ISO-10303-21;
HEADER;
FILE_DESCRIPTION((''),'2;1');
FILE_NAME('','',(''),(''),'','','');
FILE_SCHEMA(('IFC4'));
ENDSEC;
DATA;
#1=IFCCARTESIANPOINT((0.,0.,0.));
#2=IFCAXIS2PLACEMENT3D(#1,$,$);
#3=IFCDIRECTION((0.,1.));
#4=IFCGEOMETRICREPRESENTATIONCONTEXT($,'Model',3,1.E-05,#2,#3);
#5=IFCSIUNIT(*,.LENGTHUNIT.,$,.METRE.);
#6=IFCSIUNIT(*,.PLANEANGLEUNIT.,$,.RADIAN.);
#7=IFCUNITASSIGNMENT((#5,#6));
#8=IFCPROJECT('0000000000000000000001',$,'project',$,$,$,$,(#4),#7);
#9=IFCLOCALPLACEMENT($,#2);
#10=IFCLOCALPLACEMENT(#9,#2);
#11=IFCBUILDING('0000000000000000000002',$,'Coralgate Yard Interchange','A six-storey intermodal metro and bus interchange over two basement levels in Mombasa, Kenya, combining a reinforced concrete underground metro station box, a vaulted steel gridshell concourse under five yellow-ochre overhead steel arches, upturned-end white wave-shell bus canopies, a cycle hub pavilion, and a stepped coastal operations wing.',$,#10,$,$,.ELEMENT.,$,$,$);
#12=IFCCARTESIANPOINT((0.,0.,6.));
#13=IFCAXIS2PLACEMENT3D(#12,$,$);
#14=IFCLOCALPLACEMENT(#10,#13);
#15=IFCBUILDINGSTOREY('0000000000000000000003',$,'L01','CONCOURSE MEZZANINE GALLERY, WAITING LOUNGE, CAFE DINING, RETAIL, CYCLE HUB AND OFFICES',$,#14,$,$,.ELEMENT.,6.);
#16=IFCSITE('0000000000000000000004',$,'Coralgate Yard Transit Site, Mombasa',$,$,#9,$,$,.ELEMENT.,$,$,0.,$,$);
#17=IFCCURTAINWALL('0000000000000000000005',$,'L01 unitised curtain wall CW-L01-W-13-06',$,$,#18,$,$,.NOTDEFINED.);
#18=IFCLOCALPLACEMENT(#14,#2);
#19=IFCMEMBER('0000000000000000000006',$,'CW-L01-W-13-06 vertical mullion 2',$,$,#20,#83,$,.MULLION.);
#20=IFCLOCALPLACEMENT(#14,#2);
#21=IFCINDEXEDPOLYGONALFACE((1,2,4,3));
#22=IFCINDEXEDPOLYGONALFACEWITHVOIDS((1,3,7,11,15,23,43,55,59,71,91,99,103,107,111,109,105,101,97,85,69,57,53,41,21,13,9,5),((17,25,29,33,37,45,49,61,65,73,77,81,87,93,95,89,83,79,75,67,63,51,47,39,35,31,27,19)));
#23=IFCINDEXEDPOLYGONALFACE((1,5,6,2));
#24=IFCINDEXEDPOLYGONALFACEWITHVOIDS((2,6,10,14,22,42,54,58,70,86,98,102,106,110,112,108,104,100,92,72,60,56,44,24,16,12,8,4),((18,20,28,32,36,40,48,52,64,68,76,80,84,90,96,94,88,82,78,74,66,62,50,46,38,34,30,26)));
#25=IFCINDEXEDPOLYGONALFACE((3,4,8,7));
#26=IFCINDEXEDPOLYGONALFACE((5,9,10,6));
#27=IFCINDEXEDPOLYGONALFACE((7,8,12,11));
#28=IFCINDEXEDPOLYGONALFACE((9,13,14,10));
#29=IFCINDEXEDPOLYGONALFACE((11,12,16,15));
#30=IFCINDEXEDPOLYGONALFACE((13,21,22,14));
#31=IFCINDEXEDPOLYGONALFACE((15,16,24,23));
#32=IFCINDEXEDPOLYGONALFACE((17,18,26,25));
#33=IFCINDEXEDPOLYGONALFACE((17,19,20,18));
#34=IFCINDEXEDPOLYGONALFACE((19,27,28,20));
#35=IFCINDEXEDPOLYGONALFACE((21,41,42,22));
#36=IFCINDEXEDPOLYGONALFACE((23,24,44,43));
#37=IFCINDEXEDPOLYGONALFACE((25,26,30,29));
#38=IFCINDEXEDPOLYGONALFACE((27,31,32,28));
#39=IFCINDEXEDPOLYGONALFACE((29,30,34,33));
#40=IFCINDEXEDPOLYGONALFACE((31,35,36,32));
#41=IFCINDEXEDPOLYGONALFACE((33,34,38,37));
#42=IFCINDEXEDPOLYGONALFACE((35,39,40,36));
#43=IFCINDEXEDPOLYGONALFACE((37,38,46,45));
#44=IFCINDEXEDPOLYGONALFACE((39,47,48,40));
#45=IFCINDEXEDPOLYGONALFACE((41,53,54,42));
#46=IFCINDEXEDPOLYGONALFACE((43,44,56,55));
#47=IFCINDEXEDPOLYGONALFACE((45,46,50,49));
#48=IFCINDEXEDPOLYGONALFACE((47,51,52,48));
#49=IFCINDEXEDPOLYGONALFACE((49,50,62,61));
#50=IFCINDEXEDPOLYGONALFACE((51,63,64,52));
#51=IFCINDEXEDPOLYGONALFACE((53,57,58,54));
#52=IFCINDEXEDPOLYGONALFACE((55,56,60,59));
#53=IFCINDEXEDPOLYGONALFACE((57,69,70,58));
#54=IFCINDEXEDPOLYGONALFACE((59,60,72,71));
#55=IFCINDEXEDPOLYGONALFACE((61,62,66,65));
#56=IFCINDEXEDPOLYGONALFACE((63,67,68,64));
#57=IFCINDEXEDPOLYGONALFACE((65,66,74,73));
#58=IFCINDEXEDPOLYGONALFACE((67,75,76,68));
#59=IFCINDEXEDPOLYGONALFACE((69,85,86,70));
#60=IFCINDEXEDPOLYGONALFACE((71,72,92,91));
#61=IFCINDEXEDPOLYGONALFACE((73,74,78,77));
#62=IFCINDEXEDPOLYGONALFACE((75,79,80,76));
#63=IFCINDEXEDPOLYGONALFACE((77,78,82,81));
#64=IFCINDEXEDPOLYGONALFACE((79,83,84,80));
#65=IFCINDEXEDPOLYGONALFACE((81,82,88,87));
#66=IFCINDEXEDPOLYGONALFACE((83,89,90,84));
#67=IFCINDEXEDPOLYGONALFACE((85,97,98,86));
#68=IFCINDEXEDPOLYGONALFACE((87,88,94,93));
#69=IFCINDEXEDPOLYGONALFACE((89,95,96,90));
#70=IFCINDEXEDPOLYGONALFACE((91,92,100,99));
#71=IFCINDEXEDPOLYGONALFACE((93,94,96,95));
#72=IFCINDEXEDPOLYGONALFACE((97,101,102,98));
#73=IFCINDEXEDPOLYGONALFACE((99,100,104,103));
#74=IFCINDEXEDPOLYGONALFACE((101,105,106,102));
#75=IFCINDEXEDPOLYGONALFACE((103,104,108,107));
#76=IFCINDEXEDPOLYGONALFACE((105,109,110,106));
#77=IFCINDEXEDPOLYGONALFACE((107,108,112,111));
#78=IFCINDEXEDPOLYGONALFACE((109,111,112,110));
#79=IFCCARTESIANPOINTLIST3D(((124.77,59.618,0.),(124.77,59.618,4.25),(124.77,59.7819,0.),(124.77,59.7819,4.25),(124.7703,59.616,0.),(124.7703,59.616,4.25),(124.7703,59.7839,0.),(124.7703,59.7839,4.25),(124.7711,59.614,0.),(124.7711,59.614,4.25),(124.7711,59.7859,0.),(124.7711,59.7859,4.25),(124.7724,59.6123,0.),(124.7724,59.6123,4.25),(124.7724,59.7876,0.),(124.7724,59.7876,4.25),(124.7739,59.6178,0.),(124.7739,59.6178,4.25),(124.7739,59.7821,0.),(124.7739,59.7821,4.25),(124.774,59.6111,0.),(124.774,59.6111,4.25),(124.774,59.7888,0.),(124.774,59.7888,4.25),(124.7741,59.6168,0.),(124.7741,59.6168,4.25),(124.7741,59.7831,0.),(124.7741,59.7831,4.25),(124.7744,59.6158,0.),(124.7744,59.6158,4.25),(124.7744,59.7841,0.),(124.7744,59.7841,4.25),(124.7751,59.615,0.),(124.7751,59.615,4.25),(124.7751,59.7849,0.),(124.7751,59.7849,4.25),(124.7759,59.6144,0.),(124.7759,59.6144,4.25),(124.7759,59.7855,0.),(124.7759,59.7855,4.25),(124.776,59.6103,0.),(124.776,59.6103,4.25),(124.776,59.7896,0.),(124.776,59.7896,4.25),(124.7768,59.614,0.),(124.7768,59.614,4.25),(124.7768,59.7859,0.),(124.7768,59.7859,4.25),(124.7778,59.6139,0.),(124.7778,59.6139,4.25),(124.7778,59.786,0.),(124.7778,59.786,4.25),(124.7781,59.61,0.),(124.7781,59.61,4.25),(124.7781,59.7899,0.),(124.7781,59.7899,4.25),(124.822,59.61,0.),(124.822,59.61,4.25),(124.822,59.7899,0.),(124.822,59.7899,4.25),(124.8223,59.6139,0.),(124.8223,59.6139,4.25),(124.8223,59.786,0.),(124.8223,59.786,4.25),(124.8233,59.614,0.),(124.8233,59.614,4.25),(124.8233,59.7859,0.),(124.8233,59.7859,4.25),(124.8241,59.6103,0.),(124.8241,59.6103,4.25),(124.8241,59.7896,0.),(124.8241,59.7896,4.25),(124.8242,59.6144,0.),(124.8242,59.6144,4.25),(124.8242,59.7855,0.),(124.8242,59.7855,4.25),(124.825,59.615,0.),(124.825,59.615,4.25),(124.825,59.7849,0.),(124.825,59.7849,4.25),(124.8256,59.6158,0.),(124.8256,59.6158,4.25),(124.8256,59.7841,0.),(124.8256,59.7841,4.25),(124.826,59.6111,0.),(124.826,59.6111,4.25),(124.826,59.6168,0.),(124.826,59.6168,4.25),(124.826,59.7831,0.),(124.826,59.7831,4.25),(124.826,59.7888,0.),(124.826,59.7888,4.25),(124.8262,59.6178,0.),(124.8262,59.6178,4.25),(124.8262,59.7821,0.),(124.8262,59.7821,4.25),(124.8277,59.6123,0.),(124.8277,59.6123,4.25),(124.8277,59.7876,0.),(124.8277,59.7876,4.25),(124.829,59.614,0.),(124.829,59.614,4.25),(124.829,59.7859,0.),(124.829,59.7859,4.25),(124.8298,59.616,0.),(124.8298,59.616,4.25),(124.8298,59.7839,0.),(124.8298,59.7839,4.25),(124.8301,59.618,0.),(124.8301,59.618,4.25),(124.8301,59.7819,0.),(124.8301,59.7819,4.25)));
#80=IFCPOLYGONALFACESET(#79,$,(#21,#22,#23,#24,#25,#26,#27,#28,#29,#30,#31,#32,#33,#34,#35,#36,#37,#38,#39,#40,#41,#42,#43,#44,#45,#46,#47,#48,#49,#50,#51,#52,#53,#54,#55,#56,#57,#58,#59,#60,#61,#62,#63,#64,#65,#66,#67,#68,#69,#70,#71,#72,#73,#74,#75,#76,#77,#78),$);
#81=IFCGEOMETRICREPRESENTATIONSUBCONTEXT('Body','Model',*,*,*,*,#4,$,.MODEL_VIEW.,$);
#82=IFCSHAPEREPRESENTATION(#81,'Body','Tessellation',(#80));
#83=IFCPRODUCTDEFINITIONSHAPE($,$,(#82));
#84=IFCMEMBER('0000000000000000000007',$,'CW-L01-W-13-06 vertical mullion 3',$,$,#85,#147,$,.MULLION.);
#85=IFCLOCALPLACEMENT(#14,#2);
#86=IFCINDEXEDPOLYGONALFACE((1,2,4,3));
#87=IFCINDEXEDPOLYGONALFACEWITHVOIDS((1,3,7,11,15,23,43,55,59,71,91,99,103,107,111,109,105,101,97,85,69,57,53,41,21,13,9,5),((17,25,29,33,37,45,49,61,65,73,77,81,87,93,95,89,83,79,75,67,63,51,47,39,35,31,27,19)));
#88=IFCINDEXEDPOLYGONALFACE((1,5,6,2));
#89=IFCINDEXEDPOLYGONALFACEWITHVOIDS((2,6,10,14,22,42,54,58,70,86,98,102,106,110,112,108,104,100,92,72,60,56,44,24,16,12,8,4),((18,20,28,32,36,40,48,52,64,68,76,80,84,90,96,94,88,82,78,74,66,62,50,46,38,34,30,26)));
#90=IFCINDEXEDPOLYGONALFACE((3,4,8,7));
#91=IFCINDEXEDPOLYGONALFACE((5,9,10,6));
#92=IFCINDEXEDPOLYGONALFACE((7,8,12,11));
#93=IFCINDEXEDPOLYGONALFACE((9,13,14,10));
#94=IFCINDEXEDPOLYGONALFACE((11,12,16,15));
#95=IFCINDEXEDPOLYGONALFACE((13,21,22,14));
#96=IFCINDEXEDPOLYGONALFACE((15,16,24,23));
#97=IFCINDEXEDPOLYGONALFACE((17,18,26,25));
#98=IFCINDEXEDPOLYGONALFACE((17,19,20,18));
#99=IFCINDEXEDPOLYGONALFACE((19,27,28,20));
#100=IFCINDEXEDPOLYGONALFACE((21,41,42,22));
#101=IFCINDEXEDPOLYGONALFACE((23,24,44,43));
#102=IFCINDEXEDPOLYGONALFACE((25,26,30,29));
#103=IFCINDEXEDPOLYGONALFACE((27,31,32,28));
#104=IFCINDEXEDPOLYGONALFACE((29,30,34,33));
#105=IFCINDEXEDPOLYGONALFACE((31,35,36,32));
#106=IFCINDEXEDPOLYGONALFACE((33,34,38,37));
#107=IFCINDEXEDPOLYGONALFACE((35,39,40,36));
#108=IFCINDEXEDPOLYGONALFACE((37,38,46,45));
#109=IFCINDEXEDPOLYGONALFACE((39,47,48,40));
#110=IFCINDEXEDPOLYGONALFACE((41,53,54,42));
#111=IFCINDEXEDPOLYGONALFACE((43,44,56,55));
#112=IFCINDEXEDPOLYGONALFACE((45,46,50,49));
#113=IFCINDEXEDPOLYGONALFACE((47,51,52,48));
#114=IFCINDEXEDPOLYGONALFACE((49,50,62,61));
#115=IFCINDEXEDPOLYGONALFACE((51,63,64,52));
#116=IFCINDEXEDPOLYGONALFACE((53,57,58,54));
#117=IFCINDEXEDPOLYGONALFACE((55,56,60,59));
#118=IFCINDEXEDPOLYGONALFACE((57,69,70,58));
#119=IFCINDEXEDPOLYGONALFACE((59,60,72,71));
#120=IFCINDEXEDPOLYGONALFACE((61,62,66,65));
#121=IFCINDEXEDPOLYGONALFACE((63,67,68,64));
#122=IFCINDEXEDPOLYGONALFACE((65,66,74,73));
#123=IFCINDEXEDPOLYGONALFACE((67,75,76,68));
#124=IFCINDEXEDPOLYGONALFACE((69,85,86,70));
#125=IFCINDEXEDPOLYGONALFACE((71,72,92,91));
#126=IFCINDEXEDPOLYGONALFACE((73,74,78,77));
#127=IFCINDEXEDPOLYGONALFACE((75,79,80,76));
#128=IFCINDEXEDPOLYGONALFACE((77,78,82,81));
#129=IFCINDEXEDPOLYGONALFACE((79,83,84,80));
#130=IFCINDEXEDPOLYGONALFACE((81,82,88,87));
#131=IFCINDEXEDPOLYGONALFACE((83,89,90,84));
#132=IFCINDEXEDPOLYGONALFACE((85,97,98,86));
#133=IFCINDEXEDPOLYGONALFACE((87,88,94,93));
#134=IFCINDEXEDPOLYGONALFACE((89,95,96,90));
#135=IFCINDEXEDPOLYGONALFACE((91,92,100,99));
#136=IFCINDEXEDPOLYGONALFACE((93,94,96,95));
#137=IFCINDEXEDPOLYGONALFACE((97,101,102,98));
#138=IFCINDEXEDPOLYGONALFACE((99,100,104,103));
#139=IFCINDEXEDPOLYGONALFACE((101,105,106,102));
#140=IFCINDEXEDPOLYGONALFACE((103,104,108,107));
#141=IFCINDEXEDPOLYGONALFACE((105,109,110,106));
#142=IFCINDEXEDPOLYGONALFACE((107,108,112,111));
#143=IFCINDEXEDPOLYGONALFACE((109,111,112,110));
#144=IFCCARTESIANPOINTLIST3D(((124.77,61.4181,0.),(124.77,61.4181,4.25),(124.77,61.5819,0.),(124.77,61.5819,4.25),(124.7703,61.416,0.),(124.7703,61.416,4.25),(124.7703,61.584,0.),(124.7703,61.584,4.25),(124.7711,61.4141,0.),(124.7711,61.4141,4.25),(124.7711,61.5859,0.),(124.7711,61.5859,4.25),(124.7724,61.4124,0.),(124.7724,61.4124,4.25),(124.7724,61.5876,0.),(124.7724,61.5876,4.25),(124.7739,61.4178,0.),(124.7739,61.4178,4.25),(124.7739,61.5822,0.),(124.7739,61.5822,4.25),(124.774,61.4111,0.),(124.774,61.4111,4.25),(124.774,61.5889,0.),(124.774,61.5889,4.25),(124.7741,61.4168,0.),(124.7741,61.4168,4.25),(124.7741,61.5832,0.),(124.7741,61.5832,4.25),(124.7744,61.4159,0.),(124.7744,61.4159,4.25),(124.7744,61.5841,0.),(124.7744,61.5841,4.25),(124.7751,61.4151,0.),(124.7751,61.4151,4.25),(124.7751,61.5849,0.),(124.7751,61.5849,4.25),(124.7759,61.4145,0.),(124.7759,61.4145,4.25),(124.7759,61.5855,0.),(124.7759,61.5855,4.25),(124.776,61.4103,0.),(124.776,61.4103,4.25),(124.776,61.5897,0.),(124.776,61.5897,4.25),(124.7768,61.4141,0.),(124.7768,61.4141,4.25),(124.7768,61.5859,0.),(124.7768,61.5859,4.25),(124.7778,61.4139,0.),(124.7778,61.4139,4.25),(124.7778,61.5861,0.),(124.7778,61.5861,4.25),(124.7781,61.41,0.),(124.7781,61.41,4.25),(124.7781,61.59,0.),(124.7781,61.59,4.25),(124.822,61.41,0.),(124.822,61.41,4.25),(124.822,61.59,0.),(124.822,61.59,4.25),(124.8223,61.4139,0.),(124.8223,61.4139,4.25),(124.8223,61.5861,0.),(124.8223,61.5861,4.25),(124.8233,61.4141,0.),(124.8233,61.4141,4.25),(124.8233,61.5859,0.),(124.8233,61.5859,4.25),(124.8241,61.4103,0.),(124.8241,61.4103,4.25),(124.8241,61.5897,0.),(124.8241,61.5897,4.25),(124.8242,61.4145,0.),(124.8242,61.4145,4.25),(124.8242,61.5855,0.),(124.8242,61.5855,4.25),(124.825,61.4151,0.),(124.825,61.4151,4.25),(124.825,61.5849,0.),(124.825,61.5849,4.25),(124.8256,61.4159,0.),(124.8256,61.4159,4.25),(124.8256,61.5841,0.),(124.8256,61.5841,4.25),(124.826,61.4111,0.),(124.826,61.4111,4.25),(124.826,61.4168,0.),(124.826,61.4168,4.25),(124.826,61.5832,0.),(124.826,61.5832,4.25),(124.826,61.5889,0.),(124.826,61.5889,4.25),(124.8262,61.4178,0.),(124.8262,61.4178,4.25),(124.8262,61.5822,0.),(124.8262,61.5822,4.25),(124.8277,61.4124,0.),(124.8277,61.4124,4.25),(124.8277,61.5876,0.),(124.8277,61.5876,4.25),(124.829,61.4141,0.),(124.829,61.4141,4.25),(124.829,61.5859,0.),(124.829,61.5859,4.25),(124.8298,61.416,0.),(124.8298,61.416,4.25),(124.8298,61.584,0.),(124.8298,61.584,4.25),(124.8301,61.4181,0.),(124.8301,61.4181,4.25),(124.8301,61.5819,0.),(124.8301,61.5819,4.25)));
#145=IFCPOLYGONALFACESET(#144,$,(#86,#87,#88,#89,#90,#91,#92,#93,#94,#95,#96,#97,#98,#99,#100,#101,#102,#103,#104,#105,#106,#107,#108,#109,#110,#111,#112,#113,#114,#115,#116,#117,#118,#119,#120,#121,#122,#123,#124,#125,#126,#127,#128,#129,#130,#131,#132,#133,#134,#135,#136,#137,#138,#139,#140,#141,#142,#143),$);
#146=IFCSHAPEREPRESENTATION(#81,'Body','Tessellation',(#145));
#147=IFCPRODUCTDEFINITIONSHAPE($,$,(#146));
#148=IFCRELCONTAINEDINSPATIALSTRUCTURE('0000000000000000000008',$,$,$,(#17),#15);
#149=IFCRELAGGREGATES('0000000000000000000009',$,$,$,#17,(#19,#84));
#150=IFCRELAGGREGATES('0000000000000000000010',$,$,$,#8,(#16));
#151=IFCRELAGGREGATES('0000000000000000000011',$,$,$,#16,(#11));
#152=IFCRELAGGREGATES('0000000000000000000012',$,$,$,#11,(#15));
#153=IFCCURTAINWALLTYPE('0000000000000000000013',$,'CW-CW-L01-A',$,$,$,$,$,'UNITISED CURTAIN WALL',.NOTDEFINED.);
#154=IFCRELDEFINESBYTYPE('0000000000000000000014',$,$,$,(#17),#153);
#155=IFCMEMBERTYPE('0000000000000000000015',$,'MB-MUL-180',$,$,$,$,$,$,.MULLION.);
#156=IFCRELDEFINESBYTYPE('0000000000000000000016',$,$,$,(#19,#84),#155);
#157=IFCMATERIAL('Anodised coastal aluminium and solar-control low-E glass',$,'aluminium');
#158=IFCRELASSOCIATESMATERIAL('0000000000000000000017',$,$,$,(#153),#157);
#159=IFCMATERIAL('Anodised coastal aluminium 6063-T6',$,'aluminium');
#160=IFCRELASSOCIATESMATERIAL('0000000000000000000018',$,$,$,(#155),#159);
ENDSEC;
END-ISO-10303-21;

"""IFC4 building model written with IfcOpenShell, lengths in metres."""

from ifc_helpers import new_model, si_unit, direction, frame, origin, origin_2d, place, context, subcontext, project, spatial, hollow_rectangle, extrude, material, material_profile, profile_set, type_object, element, aggregate, save


model = new_model("IFC4")

# Units and contexts
model_context = context("Model", 3, precision=1e-05, world=origin(), true_north=direction((0.0, 1.0)))
body_context = subcontext(model_context, "Body", "Model", "MODEL_VIEW")
ifc_project = project(units=[si_unit("LENGTHUNIT", "METRE"), si_unit("PLANEANGLEUNIT", "RADIAN")], contexts=[model_context])

# Site, building, storey
site_placement = place(None, origin())
site = spatial("IfcSite", under=ifc_project, at=site_placement, Name="Coralgate Yard Transit Site, Mombasa", CompositionType="ELEMENT", RefElevation=0.0)
building_placement = place(site_placement, origin())
building = spatial("IfcBuilding", under=site, at=building_placement, Name="Coralgate Yard Interchange", Description="A six-storey intermodal metro and bus interchange over two basement levels in Mombasa, Kenya, combining a reinforced concrete underground metro station box, a vaulted steel gridshell concourse under five yellow-ochre overhead steel arches, upturned-end white wave-shell bus canopies, a cycle hub pavilion, and a stepped coastal operations wing.", CompositionType="ELEMENT")
storey_placement = place(building_placement, frame((0.0, 0.0, 6.0)))
storey = spatial("IfcBuildingStorey", under=building, at=storey_placement, Name="L01", Description="CONCOURSE MEZZANINE GALLERY, WAITING LOUNGE, CAFE DINING, RETAIL, CYCLE HUB AND OFFICES", CompositionType="ELEMENT", Elevation=6.0)

# Curtain wall, members
ifc_material_1 = material(Name="Anodised coastal aluminium and solar-control low-E glass", Category="aluminium")
curtain_wall_type = type_object("IfcCurtainWallType", Name="CW-CW-L01-A", ElementType="UNITISED CURTAIN WALL", PredefinedType="NOTDEFINED", material=ifc_material_1)
ifc_material_2 = material(Name="Anodised coastal aluminium 6063-T6", Category="aluminium")
ifc_material_profile_1 = material_profile(ifc_material_2, hollow_rectangle(XDim=0.0601, YDim=0.1799, WallThickness=0.0039, InnerFilletRadius=0.0039, OuterFilletRadius=0.0081, at=origin_2d()), Name="ALU 60x180x4")
ifc_profile_set_1 = profile_set([ifc_material_profile_1], Name="Anodised coastal aluminium 6063-T6")
member_type_1 = type_object("IfcMemberType", Name="MB-MUL-180", PredefinedType="MULLION", material=ifc_profile_set_1)
curtain_wall_1_placement = place(storey_placement, origin())
curtain_wall_1 = element("IfcCurtainWall", 1, at=curtain_wall_1_placement, inside=storey, type_object=curtain_wall_type, Name="L01 unitised curtain wall CW-L01-W-13-06", PredefinedType="NOTDEFINED")
member_1_placement = place(storey_placement, frame((124.8, 59.7, 0.0), z_axis=(0.0, 0.0, 1.0), x_axis=(1.0, 0.0, 0.0)))
member_1 = element("IfcMember", 2, at=member_1_placement, type_object=member_type_1, Name="CW-L01-W-13-06 vertical mullion 2", PredefinedType="MULLION", context=body_context, shape_type="SweptSolid", body=[
    extrude(hollow_rectangle(XDim=0.0601, YDim=0.1799, WallThickness=0.0039, InnerFilletRadius=0.0039, OuterFilletRadius=0.0081, at=origin_2d()), origin(), (0.0, 0.0, 1.0), 4.25),
])
member_2_placement = place(storey_placement, frame((124.8, 61.5, 0.0), z_axis=(0.0, 0.0, 1.0), x_axis=(1.0, 0.0, 0.0)))
member_2 = element("IfcMember", 3, at=member_2_placement, type_object=member_type_1, Name="CW-L01-W-13-06 vertical mullion 3", PredefinedType="MULLION", context=body_context, shape_type="SweptSolid", body=[
    extrude(hollow_rectangle(XDim=0.0601, YDim=0.1799, WallThickness=0.0039, InnerFilletRadius=0.0039, OuterFilletRadius=0.0081, at=origin_2d()), origin(), (0.0, 0.0, 1.0), 4.25),
])

aggregate(curtain_wall_1, [member_1, member_2])

save(model, "model.ifc")
